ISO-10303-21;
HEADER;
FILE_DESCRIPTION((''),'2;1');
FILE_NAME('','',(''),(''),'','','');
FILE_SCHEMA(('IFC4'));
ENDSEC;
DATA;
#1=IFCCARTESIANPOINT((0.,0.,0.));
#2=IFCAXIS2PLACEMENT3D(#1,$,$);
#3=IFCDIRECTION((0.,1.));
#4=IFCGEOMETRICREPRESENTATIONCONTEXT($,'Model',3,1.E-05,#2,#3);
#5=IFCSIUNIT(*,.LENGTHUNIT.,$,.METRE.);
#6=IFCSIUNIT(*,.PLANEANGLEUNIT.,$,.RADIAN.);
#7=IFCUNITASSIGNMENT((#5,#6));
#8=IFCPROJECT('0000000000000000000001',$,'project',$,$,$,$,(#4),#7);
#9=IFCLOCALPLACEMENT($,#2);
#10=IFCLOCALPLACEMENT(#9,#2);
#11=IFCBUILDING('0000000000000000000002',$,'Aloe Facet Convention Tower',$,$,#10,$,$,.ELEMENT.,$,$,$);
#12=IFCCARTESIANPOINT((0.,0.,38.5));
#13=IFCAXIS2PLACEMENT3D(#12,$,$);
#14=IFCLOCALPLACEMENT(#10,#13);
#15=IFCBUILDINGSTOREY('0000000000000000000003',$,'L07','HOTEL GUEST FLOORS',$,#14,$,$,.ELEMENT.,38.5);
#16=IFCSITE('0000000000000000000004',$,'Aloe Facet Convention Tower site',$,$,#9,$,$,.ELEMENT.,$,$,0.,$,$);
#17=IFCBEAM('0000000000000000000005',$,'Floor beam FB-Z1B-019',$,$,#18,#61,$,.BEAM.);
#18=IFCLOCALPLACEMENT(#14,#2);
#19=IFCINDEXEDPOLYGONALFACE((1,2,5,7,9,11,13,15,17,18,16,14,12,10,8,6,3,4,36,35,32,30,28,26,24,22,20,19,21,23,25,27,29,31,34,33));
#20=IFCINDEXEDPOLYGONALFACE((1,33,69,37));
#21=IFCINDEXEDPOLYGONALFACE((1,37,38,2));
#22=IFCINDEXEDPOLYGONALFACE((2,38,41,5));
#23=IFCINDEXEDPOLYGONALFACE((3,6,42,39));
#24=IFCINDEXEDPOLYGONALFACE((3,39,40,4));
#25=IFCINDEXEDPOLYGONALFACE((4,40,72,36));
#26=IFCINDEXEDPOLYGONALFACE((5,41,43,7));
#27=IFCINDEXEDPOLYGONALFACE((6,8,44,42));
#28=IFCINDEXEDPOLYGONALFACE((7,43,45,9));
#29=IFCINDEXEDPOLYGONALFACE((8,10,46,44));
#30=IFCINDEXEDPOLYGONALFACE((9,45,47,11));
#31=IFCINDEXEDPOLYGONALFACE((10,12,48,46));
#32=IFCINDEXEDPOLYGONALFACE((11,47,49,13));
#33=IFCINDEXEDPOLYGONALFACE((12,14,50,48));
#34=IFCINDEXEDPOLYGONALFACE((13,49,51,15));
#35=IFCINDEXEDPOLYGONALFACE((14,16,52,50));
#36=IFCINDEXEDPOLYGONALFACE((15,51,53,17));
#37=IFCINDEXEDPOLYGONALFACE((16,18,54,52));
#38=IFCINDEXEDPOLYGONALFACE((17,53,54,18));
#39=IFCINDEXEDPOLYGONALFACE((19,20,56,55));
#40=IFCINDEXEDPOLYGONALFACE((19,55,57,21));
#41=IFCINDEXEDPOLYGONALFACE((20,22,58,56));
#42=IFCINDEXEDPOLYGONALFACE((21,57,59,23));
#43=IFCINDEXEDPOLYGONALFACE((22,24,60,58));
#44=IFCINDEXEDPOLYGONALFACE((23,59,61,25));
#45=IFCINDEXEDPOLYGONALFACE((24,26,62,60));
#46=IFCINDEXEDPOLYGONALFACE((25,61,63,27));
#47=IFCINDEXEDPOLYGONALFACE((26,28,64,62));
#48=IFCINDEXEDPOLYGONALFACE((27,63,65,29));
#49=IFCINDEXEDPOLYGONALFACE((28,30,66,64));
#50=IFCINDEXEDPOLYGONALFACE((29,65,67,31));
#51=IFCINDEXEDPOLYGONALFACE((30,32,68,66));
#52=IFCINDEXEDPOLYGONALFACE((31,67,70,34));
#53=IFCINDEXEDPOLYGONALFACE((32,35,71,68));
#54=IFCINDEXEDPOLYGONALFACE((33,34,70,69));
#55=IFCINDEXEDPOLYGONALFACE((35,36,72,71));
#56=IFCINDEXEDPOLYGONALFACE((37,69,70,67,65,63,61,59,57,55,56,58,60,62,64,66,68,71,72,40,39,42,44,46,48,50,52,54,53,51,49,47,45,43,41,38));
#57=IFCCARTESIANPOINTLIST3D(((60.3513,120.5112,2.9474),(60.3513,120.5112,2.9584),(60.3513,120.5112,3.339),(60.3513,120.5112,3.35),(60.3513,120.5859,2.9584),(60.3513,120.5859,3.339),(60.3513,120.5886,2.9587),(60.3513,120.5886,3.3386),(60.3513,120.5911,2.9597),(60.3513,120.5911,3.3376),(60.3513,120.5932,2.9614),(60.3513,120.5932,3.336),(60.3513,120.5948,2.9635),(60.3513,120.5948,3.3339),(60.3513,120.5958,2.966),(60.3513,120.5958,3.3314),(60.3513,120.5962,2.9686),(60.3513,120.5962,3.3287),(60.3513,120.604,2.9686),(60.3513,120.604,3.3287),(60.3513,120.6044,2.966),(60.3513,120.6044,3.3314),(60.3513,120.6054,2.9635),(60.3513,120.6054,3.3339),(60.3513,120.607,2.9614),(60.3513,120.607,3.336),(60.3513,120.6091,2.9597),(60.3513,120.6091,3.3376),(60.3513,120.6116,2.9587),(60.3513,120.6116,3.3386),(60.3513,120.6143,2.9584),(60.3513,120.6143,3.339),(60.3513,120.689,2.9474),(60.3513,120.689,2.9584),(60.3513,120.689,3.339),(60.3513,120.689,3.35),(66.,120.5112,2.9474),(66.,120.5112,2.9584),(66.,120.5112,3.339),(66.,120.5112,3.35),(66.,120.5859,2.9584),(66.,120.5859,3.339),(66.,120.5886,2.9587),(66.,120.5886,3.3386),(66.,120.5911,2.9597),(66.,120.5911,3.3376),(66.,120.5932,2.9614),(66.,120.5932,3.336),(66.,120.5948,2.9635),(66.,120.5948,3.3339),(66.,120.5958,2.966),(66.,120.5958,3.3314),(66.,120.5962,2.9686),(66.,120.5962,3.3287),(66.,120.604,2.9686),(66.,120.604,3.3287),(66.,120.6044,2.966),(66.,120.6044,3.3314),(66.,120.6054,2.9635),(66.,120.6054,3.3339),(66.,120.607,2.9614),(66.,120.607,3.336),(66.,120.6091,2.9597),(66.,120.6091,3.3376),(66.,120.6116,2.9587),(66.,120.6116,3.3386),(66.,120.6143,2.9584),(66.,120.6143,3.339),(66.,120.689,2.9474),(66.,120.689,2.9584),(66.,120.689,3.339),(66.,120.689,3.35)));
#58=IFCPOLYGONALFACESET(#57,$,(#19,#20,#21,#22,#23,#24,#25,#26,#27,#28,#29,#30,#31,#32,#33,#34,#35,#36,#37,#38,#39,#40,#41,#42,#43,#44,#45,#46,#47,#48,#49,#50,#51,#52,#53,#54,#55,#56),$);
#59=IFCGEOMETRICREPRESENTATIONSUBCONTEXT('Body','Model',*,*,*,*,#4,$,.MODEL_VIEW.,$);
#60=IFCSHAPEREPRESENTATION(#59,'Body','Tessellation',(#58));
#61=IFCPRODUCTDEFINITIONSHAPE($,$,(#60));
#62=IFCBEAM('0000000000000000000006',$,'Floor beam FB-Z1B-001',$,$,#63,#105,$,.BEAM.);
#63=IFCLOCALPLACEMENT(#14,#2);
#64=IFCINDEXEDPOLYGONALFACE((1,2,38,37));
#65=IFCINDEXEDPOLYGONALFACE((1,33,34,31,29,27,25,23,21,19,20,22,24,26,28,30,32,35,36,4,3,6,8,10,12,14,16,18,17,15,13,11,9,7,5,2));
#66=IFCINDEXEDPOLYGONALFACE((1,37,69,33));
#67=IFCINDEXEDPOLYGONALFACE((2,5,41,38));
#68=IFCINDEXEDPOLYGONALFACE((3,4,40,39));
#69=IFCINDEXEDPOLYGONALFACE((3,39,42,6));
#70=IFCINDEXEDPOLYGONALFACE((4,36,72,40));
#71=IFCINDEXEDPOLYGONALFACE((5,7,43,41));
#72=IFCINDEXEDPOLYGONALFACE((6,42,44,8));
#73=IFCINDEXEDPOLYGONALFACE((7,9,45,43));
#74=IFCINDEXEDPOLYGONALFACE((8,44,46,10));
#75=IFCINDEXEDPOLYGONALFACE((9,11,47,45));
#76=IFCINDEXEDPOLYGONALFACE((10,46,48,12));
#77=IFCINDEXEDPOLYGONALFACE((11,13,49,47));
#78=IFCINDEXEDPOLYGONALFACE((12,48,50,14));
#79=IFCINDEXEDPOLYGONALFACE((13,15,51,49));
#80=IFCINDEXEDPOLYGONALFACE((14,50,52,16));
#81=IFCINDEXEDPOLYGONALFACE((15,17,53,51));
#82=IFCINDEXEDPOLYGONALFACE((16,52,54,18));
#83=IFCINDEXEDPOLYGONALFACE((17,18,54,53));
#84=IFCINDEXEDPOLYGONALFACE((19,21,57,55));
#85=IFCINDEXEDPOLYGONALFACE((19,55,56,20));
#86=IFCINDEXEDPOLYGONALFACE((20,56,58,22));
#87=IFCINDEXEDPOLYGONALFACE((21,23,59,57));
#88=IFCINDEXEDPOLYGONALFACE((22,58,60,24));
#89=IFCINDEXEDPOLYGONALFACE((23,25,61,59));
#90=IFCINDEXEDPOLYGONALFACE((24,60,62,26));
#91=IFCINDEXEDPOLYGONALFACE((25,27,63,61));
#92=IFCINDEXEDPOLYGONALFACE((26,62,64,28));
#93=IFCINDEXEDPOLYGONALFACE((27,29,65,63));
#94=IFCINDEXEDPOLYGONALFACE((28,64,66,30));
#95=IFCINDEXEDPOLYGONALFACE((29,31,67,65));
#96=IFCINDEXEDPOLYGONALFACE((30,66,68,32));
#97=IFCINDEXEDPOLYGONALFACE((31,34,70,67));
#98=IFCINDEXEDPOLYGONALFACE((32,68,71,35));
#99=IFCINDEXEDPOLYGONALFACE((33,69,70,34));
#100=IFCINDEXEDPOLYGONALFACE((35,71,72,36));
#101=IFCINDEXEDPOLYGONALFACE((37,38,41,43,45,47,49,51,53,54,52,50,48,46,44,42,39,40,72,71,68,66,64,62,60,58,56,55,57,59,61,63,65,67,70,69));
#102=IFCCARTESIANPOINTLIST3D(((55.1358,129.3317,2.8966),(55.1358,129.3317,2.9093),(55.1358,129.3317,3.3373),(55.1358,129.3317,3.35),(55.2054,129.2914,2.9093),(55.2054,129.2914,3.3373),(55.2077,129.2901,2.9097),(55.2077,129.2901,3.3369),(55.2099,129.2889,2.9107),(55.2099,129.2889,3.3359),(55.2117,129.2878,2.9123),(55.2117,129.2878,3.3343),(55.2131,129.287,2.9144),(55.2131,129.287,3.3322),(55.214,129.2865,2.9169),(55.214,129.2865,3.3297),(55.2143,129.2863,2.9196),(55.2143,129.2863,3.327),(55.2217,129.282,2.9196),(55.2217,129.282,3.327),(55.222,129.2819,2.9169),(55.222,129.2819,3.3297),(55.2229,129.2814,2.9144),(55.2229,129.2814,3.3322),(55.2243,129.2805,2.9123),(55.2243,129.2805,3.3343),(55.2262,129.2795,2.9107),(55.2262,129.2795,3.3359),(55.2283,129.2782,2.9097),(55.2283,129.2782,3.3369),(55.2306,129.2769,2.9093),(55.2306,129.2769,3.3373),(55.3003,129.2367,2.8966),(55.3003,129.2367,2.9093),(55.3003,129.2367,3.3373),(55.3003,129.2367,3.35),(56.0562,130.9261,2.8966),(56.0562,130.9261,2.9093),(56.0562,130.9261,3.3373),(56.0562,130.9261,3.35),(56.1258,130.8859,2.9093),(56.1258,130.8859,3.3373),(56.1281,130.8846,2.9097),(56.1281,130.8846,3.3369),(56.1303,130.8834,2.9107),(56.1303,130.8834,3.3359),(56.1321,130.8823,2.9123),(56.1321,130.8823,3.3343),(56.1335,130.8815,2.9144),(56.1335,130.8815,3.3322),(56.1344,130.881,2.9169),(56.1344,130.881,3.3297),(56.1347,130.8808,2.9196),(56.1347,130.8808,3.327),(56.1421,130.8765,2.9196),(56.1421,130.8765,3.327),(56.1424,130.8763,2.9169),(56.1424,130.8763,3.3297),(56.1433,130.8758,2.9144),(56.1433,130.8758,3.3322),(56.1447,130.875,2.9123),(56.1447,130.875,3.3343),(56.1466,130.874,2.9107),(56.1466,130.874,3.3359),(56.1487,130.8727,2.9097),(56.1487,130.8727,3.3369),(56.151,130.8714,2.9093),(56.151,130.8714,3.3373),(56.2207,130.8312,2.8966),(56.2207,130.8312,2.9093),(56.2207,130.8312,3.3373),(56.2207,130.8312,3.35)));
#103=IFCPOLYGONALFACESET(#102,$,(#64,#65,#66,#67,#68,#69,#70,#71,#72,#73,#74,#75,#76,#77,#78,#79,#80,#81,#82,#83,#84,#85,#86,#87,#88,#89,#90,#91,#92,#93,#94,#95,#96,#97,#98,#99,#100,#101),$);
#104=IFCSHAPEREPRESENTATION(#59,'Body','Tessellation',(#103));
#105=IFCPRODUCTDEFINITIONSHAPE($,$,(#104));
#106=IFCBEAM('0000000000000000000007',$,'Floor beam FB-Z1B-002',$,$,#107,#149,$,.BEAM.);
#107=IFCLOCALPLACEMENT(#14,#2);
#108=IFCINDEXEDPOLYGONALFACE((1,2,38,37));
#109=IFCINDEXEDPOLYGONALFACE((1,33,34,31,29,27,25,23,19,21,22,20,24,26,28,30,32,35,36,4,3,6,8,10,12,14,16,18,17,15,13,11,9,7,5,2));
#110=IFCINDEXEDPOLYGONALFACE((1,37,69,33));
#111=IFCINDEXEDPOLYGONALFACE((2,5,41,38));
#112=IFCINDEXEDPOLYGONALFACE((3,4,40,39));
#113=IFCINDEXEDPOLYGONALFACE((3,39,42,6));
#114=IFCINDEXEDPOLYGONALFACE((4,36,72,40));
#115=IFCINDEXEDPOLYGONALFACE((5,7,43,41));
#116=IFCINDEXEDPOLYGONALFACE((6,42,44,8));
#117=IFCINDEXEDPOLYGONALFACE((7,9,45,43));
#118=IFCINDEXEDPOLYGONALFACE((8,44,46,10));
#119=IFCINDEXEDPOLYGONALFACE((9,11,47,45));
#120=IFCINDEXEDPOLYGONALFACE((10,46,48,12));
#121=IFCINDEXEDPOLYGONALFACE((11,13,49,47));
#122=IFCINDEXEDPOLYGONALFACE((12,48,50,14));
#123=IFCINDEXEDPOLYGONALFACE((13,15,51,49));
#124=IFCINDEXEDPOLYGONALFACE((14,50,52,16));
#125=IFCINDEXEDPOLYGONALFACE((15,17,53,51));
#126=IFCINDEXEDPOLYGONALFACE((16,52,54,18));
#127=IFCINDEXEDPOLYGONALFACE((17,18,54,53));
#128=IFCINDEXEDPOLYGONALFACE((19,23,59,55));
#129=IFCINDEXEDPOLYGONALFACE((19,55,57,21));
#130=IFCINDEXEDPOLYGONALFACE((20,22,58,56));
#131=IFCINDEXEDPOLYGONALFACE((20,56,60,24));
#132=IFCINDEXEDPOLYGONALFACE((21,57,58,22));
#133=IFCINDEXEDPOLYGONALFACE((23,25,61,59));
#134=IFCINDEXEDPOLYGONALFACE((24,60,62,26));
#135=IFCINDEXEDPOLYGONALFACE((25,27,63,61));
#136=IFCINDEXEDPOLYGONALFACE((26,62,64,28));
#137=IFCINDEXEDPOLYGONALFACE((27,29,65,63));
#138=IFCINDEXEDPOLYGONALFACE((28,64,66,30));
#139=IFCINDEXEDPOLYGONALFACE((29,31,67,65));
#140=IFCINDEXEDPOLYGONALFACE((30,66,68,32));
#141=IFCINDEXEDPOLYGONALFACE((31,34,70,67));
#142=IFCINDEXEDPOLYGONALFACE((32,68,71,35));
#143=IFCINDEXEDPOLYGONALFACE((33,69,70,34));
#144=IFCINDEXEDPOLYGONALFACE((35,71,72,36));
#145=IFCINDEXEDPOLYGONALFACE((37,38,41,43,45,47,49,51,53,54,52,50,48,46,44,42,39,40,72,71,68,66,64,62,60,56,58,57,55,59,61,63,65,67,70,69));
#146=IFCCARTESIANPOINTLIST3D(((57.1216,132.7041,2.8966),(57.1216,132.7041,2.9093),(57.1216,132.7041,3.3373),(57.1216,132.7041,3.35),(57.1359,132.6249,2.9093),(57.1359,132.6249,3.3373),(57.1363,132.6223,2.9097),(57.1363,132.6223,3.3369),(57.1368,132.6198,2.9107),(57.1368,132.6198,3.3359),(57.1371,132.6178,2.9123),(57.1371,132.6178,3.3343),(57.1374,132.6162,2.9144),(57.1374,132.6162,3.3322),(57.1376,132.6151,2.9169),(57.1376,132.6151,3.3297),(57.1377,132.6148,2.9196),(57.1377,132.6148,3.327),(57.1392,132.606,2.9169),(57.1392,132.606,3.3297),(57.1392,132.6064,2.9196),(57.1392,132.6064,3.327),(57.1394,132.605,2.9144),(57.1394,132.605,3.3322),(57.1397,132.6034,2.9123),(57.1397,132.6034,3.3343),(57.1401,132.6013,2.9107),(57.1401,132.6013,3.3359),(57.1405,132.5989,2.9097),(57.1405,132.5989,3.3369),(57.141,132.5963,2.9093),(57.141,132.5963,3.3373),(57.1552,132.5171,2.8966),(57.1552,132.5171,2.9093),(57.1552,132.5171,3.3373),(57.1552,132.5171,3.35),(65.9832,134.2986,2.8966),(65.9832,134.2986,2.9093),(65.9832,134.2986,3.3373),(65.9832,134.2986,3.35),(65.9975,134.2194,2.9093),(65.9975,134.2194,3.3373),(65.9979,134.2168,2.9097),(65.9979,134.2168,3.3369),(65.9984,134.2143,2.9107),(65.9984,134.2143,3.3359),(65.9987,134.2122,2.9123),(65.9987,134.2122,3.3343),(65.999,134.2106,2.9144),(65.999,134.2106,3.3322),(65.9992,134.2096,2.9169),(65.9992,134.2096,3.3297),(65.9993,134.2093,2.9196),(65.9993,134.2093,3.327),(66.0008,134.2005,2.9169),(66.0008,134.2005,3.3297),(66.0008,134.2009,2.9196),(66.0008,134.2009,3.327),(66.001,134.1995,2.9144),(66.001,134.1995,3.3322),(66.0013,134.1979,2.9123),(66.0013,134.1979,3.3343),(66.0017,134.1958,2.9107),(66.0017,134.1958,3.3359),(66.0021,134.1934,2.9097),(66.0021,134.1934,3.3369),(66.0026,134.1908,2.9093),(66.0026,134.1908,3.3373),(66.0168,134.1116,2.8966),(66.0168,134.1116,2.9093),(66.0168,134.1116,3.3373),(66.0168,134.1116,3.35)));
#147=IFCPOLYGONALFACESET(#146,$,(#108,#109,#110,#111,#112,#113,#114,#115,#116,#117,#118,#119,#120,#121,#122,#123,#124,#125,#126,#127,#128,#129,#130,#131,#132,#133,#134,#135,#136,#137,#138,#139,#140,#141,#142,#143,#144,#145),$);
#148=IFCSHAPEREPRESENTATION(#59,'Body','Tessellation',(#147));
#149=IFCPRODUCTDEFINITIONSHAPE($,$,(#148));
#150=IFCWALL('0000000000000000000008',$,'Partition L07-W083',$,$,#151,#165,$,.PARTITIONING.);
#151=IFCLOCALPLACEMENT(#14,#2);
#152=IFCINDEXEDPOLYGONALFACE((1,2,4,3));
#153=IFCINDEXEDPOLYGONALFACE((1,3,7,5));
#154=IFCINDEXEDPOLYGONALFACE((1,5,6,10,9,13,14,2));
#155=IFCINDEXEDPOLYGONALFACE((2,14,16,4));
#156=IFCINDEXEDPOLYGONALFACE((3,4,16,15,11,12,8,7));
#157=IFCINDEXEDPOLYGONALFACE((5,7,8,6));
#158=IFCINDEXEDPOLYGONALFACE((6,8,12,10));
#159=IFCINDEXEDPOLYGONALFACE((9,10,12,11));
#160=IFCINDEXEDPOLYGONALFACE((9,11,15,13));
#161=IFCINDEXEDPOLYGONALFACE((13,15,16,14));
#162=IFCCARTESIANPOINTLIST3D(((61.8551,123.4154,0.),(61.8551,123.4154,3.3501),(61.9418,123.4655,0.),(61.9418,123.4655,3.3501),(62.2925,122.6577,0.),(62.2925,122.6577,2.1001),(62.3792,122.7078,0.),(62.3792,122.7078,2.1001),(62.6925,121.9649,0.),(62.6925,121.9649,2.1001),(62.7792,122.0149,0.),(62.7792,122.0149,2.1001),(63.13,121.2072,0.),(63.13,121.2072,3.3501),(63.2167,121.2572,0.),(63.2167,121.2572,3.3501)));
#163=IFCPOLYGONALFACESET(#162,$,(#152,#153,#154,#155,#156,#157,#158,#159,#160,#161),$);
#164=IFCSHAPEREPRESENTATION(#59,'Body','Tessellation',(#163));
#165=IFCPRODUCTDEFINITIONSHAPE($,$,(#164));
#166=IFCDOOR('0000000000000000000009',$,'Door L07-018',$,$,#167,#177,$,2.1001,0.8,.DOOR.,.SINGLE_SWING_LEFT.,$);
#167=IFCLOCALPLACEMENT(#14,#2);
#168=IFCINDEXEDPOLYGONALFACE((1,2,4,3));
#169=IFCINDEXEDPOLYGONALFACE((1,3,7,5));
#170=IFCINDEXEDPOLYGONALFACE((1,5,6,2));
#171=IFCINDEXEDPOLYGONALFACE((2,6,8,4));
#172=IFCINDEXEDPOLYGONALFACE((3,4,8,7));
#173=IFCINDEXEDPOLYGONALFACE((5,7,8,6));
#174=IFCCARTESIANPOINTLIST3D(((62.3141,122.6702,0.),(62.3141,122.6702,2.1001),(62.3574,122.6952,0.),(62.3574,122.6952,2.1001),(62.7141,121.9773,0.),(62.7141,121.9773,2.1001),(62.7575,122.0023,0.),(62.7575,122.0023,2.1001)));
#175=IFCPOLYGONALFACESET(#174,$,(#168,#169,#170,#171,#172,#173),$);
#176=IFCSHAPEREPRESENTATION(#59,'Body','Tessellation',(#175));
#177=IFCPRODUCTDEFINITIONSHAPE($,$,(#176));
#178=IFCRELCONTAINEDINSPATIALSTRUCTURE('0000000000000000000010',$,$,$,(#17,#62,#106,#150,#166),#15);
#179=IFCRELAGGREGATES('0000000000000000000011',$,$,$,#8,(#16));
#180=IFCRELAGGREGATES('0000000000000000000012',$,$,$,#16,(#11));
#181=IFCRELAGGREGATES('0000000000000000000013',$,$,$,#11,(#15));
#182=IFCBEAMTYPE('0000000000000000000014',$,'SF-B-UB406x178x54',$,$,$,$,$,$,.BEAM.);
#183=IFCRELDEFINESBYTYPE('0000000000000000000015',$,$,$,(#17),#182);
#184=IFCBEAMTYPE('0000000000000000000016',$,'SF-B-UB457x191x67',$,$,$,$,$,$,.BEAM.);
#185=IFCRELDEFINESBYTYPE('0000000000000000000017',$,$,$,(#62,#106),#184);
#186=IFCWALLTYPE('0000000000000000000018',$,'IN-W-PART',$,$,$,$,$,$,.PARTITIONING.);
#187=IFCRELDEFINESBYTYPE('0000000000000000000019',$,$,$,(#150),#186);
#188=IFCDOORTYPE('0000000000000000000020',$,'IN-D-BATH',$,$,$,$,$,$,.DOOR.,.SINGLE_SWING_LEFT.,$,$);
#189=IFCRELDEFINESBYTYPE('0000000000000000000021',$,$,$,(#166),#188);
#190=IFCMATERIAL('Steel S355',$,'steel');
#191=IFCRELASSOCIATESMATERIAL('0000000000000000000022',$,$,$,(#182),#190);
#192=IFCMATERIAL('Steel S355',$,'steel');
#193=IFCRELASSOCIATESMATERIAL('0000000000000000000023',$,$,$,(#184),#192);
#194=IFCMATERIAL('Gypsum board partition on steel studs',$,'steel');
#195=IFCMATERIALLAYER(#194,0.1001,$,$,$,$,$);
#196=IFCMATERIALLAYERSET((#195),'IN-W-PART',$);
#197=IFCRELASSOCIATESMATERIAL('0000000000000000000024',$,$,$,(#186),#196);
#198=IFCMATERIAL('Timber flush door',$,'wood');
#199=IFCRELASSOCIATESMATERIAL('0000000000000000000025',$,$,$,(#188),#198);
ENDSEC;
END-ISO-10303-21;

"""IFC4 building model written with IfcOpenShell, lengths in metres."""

from ifc_helpers import new_model, si_unit, direction, frame, frame_2d, origin, origin_2d, place, context, subcontext, project, spatial, rectangle, i_section, extrude, material, layer, layer_set, material_profile, profile_set, type_object, element, fill, save


model = new_model("IFC4")

# Units and contexts
model_context = context("Model", 3, precision=1e-05, world=origin(), true_north=direction((0.0, 1.0)))
body_context = subcontext(model_context, "Body", "Model", "MODEL_VIEW")
ifc_project = project(units=[si_unit("LENGTHUNIT", "METRE"), si_unit("PLANEANGLEUNIT", "RADIAN")], contexts=[model_context])

# Site, building, storey
site_placement = place(None, origin())
site = spatial("IfcSite", under=ifc_project, at=site_placement, Name="Aloe Facet Convention Tower site", CompositionType="ELEMENT", RefElevation=0.0)
building_placement = place(site_placement, origin())
building = spatial("IfcBuilding", under=site, at=building_placement, Name="Aloe Facet Convention Tower", CompositionType="ELEMENT")
storey_placement = place(building_placement, frame((0.0, 0.0, 38.5)))
storey = spatial("IfcBuildingStorey", under=building, at=storey_placement, Name="L07", Description="HOTEL GUEST FLOORS", CompositionType="ELEMENT", Elevation=38.5)

# Beams
ifc_material_1 = material(Name="Steel S355", Category="steel")
ifc_material_profile_1 = material_profile(ifc_material_1, i_section(OverallWidth=0.1777, OverallDepth=0.4026, WebThickness=0.0078, FlangeThickness=0.011, FilletRadius=0.0103, at=origin_2d()), Name="UB 406x178x54")
ifc_profile_set_1 = profile_set([ifc_material_profile_1], Name="Steel S355")
beam_type_1 = type_object("IfcBeamType", Name="SF-B-UB406x178x54", PredefinedType="BEAM", material=ifc_profile_set_1)
beam_1_placement = place(storey_placement, frame((60.3513, 120.6001, 3.1487), z_axis=(1.0, 0.0, 0.0), x_axis=(0.0, 1.0, 0.0)))
element("IfcBeam", 1, at=beam_1_placement, inside=storey, type_object=beam_type_1, Name="Floor beam FB-Z1B-019", PredefinedType="BEAM", context=body_context, shape_type="SweptSolid", body=[
    extrude(i_section(OverallWidth=0.1777, OverallDepth=0.4026, WebThickness=0.0078, FlangeThickness=0.011, FilletRadius=0.0103, at=origin_2d()), origin(), (0.0, 0.0, 1.0), 5.6487),
])
ifc_material_2 = material(Name="Steel S355", Category="steel")
ifc_material_profile_2 = material_profile(ifc_material_2, i_section(OverallWidth=0.1899, OverallDepth=0.4534, WebThickness=0.0085, FlangeThickness=0.0127, FilletRadius=0.0103, at=origin_2d()), Name="UB 457x191x67")
ifc_profile_set_2 = profile_set([ifc_material_profile_2], Name="Steel S355")
beam_type_2 = type_object("IfcBeamType", Name="SF-B-UB457x191x67", PredefinedType="BEAM", material=ifc_profile_set_2)
beam_2_placement = place(storey_placement, frame((55.218, 129.2842, 3.1233), z_axis=(0.499933, 0.866064, 0.0), x_axis=(-0.866064, 0.499933, 0.0)))
element("IfcBeam", 2, at=beam_2_placement, inside=storey, type_object=beam_type_2, Name="Floor beam FB-Z1B-001", PredefinedType="BEAM", context=body_context, shape_type="SweptSolid", body=[
    extrude(i_section(OverallWidth=0.1899, OverallDepth=0.4534, WebThickness=0.0085, FlangeThickness=0.0127, FilletRadius=0.0103, at=origin_2d()), origin(), (0.0, 0.0, 1.0), 1.8411),
])
beam_3_placement = place(storey_placement, frame((57.1384, 132.6106, 3.1233), z_axis=(0.984195, 0.177088, 0.0), x_axis=(-0.177088, 0.984195, 0.0)))
element("IfcBeam", 3, at=beam_3_placement, inside=storey, type_object=beam_type_2, Name="Floor beam FB-Z1B-002", PredefinedType="BEAM", context=body_context, shape_type="SweptSolid", body=[
    extrude(i_section(OverallWidth=0.1899, OverallDepth=0.4534, WebThickness=0.0085, FlangeThickness=0.0127, FilletRadius=0.0103, at=origin_2d()), origin(), (0.0, 0.0, 1.0), 9.0039),
])

# Wall, opening, door
ifc_material_3 = material(Name="Gypsum board partition on steel studs", Category="steel")
ifc_layer_1 = layer(ifc_material_3, 0.1001)
ifc_layer_set_1 = layer_set([ifc_layer_1], Name="IN-W-PART")
wall_type_1 = type_object("IfcWallType", Name="IN-W-PART", PredefinedType="PARTITIONING", material=ifc_layer_set_1)
wall_1_placement = place(storey_placement, frame((61.8984, 123.4404, 0.0), z_axis=(0.0, 0.0, 1.0), x_axis=(0.49999, -0.866031, 0.0)))
wall_1 = element("IfcWall", 4, at=wall_1_placement, inside=storey, type_object=wall_type_1, Name="Partition L07-W083", PredefinedType="PARTITIONING", context=body_context, shape_type="SweptSolid", body=[
    extrude(rectangle(XDim=2.5498, YDim=0.1001, at=frame_2d((1.2749, 0.0))), origin(), (0.0, 0.0, 1.0), 3.3501),
])
opening_1_placement = place(wall_1_placement, frame((0.875, 0.0, 0.0)))
opening_1 = element("IfcOpeningElement", 5, at=opening_1_placement, cuts=wall_1, PredefinedType="OPENING", context=body_context, shape_type="SweptSolid", body=[
    extrude(rectangle(XDim=0.8, YDim=2.1001, at=frame_2d((0.3999, 1.05))), frame((0.0, 0.0601, 0.0), z_axis=(0.0, -1.0, 0.0), x_axis=(1.0, 0.0, 0.0)), (0.0, 0.0, 1.0), 0.1201),
])
ifc_material_4 = material(Name="Timber flush door", Category="wood")
door_type = type_object("IfcDoorType", Name="IN-D-BATH", OperationType="SINGLE_SWING_LEFT", PredefinedType="DOOR", material=ifc_material_4)
door_1_placement = place(opening_1_placement, origin())
door_1 = element("IfcDoor", 6, at=door_1_placement, inside=storey, type_object=door_type, Name="Door L07-018", OperationType="SINGLE_SWING_LEFT", OverallHeight=2.1001, OverallWidth=0.8, PredefinedType="DOOR", context=body_context, shape_type="SweptSolid", body=[
    extrude(rectangle(XDim=0.8, YDim=2.1001, at=frame_2d((0.3999, 1.05))), frame((0.0, 0.0249, 0.0), z_axis=(0.0, -1.0, 0.0), x_axis=(1.0, 0.0, 0.0)), (0.0, 0.0, 1.0), 0.05),
])
fill(opening_1, door_1)

save(model, "model.ifc")
